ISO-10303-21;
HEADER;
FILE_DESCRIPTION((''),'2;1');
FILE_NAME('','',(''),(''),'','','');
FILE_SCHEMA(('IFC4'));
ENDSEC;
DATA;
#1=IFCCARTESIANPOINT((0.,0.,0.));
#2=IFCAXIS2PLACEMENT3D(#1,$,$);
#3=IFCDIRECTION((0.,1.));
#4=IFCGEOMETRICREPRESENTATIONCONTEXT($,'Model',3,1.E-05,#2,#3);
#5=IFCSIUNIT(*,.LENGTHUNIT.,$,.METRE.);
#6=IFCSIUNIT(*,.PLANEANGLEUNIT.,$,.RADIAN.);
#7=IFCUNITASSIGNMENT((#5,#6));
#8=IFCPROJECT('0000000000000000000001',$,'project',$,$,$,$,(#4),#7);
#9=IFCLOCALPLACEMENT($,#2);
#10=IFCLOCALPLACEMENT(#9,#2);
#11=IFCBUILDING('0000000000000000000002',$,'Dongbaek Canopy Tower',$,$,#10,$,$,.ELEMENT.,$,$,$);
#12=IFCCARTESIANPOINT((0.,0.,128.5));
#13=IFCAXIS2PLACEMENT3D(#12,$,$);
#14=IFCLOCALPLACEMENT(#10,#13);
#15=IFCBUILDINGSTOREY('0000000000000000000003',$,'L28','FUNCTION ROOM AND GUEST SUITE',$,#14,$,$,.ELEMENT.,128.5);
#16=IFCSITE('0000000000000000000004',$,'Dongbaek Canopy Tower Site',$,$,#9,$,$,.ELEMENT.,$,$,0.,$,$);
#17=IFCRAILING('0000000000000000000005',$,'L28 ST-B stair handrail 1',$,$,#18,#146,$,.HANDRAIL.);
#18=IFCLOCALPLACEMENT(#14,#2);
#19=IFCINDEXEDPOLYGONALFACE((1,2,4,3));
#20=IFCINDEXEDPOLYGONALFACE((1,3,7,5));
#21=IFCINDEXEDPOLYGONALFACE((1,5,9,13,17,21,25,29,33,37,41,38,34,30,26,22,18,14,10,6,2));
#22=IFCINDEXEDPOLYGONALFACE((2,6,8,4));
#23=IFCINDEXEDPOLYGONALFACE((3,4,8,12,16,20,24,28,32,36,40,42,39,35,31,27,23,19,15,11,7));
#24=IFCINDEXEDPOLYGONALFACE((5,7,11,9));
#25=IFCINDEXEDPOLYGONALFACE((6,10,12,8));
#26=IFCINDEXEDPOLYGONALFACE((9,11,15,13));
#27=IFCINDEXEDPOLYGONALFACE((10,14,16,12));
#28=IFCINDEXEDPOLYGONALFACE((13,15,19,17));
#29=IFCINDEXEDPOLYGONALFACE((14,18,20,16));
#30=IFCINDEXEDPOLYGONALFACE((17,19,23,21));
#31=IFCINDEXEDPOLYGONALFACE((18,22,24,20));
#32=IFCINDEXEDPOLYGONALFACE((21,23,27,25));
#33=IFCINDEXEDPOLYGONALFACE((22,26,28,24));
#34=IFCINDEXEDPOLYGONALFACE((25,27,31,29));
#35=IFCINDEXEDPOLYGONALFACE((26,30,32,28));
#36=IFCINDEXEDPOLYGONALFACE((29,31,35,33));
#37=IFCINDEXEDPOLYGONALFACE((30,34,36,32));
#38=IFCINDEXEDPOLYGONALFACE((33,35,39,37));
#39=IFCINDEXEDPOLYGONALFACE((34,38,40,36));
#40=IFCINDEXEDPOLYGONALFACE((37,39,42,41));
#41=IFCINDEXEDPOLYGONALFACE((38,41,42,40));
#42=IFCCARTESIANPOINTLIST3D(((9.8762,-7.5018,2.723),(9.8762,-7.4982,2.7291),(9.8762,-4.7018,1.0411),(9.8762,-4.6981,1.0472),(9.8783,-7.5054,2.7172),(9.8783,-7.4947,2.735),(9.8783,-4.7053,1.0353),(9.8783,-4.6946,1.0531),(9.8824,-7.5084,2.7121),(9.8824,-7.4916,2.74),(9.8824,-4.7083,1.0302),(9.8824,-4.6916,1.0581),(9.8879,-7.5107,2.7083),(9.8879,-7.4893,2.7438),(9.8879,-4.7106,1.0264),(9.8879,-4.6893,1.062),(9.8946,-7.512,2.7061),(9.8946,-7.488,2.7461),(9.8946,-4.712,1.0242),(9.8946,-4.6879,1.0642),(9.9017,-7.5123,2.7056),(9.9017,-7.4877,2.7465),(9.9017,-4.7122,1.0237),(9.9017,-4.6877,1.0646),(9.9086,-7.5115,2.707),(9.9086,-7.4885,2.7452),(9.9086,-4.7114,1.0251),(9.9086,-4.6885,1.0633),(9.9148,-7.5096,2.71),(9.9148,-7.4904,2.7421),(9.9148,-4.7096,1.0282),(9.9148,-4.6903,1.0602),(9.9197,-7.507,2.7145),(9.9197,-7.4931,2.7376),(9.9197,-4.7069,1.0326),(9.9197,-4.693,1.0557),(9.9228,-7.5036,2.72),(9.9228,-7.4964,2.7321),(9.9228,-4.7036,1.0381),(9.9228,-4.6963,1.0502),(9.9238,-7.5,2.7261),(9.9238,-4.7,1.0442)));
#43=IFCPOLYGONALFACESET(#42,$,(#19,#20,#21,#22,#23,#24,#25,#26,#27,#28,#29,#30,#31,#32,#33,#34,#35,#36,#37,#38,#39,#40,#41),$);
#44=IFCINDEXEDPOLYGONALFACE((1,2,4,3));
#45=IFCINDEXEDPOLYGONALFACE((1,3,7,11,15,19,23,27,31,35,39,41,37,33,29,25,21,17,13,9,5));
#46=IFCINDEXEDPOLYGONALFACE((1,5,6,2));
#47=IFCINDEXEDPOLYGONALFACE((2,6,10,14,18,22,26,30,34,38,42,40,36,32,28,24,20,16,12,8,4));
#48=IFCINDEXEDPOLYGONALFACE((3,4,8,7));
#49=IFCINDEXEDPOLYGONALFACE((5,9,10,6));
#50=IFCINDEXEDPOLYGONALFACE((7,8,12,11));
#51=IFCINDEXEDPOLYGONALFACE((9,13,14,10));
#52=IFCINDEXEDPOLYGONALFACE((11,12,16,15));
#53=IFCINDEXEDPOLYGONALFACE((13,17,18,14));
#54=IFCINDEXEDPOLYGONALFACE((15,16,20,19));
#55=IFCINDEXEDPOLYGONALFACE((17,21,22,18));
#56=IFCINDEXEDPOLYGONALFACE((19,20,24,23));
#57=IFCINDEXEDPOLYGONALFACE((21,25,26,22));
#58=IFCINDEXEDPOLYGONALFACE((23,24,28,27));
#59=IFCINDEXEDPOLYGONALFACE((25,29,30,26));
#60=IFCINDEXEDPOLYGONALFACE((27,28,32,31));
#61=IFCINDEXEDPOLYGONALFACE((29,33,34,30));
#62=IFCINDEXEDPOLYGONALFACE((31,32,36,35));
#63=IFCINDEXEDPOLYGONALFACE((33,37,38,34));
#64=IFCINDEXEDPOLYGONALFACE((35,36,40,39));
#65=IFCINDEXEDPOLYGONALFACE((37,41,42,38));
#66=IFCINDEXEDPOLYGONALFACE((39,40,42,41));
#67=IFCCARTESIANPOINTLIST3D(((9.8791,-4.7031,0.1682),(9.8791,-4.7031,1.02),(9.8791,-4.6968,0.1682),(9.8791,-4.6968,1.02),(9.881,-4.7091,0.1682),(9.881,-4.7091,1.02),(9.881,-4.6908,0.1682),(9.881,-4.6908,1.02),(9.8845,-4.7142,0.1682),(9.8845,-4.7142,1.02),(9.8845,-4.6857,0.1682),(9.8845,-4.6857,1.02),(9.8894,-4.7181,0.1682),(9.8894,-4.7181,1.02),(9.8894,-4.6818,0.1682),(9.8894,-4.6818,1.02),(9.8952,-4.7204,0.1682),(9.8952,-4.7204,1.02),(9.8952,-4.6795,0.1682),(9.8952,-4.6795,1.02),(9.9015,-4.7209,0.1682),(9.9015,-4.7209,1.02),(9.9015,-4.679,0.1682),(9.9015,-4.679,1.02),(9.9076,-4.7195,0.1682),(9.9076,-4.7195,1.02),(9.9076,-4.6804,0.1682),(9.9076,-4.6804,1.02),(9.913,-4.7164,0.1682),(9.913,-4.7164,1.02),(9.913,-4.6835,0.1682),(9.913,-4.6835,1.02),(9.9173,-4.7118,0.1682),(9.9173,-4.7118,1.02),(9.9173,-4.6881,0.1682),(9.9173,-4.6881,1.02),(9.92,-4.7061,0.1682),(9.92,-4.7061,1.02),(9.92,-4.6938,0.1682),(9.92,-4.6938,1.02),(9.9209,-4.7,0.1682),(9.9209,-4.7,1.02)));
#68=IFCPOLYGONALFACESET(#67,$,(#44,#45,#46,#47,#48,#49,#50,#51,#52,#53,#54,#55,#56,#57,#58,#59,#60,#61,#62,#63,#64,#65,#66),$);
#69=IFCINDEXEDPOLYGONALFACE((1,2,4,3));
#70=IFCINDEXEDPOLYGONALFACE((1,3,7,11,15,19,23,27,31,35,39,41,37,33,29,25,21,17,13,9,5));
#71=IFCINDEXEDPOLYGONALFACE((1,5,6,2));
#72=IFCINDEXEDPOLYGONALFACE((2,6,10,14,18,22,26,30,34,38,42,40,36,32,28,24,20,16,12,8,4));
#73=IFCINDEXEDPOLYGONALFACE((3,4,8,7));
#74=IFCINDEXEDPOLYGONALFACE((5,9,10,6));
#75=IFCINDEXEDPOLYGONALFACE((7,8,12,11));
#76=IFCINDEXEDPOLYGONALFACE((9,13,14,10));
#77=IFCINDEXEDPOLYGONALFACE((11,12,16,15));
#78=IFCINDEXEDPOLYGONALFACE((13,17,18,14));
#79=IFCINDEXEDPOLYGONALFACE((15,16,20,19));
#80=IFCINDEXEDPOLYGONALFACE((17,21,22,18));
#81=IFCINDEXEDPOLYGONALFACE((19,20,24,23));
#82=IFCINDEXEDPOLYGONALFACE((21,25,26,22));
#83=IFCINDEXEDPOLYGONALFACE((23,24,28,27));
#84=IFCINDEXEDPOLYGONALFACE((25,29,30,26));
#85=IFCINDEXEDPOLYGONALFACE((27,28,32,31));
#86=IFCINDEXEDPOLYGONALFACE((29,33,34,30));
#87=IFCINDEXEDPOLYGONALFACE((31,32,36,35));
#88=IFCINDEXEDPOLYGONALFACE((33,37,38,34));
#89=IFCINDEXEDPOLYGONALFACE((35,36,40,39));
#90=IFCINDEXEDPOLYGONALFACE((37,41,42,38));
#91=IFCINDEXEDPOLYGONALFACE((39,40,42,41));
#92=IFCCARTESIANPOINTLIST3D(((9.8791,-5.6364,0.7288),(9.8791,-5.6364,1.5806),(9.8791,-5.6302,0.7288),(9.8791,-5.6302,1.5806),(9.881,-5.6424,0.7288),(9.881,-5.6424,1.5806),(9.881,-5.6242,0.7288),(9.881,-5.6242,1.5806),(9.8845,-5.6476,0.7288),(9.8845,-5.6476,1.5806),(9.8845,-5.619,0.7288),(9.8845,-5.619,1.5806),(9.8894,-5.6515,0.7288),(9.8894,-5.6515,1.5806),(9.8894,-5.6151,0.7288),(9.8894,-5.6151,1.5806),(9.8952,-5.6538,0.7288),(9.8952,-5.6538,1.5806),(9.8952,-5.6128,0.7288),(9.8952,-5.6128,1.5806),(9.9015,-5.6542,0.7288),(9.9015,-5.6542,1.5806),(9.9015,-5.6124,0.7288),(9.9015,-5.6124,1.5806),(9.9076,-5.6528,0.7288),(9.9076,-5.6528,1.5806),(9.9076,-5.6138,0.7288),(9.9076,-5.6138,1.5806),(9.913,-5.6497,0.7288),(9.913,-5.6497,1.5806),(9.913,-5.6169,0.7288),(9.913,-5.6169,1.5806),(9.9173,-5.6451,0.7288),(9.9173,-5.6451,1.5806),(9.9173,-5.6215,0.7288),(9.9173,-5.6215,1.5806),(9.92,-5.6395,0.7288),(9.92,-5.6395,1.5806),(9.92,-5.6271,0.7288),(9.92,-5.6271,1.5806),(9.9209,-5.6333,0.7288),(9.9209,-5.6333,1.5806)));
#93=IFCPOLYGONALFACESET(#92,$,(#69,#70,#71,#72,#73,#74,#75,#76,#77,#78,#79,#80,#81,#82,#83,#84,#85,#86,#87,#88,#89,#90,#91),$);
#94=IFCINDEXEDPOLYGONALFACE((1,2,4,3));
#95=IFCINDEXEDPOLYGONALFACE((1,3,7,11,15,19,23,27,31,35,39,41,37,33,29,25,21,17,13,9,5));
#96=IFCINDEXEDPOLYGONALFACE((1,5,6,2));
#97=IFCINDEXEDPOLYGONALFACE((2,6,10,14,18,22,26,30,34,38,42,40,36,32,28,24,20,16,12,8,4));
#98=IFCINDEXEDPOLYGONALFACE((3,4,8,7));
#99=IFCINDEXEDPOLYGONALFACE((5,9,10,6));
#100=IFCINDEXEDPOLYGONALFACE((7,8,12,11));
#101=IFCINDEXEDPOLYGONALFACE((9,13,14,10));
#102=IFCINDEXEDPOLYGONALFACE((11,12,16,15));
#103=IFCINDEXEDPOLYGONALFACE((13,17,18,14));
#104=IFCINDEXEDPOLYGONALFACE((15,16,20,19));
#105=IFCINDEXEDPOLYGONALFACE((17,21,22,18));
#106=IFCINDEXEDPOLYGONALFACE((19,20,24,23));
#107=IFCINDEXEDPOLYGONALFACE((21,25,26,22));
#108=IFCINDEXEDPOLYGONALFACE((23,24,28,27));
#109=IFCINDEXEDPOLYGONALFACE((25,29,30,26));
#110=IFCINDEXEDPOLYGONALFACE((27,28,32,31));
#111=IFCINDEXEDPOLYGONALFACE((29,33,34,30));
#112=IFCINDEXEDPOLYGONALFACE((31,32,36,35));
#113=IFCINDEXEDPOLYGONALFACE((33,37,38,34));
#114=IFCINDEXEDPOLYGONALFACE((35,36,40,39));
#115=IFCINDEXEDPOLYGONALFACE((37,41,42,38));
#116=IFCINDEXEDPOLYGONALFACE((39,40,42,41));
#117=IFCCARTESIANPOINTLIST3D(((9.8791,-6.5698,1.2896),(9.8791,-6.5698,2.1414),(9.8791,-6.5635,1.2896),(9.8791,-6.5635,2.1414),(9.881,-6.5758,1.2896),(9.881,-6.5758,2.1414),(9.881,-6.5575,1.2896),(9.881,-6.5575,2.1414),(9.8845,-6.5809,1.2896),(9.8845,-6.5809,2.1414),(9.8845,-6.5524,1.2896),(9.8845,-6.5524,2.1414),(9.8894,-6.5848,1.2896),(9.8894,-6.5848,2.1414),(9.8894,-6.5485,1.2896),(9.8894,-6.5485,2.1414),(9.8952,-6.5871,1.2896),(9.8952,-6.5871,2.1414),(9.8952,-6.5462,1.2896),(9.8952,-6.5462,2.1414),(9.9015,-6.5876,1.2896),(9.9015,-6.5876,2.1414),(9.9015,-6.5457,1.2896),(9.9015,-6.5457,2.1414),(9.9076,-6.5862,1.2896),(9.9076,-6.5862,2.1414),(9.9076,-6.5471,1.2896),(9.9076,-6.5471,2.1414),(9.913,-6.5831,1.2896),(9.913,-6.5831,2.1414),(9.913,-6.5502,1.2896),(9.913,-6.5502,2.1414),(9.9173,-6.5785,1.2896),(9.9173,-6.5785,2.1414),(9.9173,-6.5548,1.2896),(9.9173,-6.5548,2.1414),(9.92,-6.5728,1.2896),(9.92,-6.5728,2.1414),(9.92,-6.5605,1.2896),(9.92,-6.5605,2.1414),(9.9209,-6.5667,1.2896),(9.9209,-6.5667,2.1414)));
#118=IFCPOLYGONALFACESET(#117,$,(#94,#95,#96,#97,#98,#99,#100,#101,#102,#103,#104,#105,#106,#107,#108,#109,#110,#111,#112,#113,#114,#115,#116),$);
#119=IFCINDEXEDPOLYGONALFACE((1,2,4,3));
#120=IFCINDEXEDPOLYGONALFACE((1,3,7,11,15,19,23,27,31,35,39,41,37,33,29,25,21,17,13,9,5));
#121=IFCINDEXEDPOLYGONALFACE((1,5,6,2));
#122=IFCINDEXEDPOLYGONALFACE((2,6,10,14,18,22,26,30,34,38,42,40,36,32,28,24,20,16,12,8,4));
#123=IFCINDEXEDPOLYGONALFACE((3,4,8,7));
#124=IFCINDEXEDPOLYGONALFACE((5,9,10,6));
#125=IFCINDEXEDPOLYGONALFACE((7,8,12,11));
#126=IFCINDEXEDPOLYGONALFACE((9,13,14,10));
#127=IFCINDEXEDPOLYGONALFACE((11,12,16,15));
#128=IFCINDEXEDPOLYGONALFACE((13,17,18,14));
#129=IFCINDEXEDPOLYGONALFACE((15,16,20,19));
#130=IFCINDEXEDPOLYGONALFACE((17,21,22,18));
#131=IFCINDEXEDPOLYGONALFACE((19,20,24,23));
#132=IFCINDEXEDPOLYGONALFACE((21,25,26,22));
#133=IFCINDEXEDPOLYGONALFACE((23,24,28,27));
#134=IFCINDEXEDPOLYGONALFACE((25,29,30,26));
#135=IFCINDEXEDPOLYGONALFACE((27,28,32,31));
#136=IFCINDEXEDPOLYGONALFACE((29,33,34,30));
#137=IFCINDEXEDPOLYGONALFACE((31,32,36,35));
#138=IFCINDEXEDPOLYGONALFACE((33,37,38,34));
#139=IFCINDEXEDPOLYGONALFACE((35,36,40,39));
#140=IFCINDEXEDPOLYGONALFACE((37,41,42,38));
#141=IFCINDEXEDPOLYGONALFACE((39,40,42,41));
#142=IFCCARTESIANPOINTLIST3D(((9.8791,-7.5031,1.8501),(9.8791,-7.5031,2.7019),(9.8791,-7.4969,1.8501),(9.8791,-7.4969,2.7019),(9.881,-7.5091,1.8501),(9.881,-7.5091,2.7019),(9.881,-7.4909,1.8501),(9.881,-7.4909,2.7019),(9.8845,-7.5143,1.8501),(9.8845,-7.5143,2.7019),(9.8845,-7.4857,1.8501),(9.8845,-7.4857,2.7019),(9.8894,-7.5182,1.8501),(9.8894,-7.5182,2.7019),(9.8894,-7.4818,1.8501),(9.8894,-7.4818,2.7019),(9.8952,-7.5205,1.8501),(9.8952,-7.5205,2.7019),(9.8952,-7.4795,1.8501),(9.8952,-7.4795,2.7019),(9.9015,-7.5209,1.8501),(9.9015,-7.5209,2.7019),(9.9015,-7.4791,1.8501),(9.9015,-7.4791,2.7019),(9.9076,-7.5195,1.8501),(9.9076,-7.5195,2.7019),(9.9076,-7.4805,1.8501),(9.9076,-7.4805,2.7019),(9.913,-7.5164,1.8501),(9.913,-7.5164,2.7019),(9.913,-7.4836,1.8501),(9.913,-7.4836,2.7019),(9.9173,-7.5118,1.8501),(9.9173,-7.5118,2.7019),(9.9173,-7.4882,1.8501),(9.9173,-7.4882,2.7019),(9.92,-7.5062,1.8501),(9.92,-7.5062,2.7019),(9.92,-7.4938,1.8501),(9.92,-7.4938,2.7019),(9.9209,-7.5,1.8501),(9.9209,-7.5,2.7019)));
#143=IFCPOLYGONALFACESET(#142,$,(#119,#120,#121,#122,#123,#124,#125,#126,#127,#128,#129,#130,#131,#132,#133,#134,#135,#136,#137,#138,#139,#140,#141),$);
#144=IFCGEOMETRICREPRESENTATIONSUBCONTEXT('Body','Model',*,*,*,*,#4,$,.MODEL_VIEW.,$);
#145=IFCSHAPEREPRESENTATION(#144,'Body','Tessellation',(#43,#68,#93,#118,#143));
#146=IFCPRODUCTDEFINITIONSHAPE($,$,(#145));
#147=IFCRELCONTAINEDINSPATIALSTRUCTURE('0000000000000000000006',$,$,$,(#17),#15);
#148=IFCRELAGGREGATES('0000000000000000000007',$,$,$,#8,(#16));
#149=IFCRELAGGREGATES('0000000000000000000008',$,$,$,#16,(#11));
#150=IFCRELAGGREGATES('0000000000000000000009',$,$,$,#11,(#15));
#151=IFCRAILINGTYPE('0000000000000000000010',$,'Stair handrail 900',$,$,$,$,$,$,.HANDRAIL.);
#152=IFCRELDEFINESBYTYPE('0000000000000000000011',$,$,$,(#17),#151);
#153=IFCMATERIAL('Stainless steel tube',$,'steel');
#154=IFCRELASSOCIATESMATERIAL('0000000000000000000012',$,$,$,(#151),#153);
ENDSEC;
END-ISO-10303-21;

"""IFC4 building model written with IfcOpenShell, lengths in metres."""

from ifc_helpers import new_model, si_unit, direction, frame, origin, origin_2d, place, context, subcontext, project, spatial, circle, extrude, material, type_object, element, save


model = new_model("IFC4")

# Units and contexts
model_context = context("Model", 3, precision=1e-05, world=origin(), true_north=direction((0.0, 1.0)))
body_context = subcontext(model_context, "Body", "Model", "MODEL_VIEW")
ifc_project = project(units=[si_unit("LENGTHUNIT", "METRE"), si_unit("PLANEANGLEUNIT", "RADIAN")], contexts=[model_context])

# Site, building, storey
site_placement = place(None, origin())
site = spatial("IfcSite", under=ifc_project, at=site_placement, Name="Dongbaek Canopy Tower Site", CompositionType="ELEMENT", RefElevation=0.0)
building_placement = place(site_placement, origin())
building = spatial("IfcBuilding", under=site, at=building_placement, Name="Dongbaek Canopy Tower", CompositionType="ELEMENT")
storey_placement = place(building_placement, frame((0.0, 0.0, 128.5)))
storey = spatial("IfcBuildingStorey", under=building, at=storey_placement, Name="L28", Description="FUNCTION ROOM AND GUEST SUITE", CompositionType="ELEMENT", Elevation=128.5)

# Railing
ifc_material_1 = material(Name="Stainless steel tube", Category="steel")
railing_type_1 = type_object("IfcRailingType", Name="Stair handrail 900", PredefinedType="HANDRAIL", material=ifc_material_1)
railing_1_placement = place(storey_placement, frame((9.8999, -4.7, 0.1682)))
element("IfcRailing", 1, at=railing_1_placement, inside=storey, type_object=railing_type_1, Name="L28 ST-B stair handrail 1", PredefinedType="HANDRAIL", context=body_context, shape_type="SweptSolid", body=[
    extrude(circle(Radius=0.0239, at=origin_2d()), frame((0.0, 0.0, 0.876), z_axis=(0.0, -0.857242, 0.514913), x_axis=(1.0, 0.0, 0.0)), (0.0, 0.0, 1.0), 3.2664),
    extrude(circle(Radius=0.021, at=origin_2d()), origin(), (0.0, 0.0, 1.0), 0.8518),
    extrude(circle(Radius=0.021, at=origin_2d()), frame((0.0, -0.9333, 0.5605)), (0.0, 0.0, 1.0), 0.8518),
    extrude(circle(Radius=0.021, at=origin_2d()), frame((0.0, -1.8667, 1.1213)), (0.0, 0.0, 1.0), 0.8518),
    extrude(circle(Radius=0.021, at=origin_2d()), frame((0.0, -2.8, 1.6819)), (0.0, 0.0, 1.0), 0.8518),
])

save(model, "model.ifc")
